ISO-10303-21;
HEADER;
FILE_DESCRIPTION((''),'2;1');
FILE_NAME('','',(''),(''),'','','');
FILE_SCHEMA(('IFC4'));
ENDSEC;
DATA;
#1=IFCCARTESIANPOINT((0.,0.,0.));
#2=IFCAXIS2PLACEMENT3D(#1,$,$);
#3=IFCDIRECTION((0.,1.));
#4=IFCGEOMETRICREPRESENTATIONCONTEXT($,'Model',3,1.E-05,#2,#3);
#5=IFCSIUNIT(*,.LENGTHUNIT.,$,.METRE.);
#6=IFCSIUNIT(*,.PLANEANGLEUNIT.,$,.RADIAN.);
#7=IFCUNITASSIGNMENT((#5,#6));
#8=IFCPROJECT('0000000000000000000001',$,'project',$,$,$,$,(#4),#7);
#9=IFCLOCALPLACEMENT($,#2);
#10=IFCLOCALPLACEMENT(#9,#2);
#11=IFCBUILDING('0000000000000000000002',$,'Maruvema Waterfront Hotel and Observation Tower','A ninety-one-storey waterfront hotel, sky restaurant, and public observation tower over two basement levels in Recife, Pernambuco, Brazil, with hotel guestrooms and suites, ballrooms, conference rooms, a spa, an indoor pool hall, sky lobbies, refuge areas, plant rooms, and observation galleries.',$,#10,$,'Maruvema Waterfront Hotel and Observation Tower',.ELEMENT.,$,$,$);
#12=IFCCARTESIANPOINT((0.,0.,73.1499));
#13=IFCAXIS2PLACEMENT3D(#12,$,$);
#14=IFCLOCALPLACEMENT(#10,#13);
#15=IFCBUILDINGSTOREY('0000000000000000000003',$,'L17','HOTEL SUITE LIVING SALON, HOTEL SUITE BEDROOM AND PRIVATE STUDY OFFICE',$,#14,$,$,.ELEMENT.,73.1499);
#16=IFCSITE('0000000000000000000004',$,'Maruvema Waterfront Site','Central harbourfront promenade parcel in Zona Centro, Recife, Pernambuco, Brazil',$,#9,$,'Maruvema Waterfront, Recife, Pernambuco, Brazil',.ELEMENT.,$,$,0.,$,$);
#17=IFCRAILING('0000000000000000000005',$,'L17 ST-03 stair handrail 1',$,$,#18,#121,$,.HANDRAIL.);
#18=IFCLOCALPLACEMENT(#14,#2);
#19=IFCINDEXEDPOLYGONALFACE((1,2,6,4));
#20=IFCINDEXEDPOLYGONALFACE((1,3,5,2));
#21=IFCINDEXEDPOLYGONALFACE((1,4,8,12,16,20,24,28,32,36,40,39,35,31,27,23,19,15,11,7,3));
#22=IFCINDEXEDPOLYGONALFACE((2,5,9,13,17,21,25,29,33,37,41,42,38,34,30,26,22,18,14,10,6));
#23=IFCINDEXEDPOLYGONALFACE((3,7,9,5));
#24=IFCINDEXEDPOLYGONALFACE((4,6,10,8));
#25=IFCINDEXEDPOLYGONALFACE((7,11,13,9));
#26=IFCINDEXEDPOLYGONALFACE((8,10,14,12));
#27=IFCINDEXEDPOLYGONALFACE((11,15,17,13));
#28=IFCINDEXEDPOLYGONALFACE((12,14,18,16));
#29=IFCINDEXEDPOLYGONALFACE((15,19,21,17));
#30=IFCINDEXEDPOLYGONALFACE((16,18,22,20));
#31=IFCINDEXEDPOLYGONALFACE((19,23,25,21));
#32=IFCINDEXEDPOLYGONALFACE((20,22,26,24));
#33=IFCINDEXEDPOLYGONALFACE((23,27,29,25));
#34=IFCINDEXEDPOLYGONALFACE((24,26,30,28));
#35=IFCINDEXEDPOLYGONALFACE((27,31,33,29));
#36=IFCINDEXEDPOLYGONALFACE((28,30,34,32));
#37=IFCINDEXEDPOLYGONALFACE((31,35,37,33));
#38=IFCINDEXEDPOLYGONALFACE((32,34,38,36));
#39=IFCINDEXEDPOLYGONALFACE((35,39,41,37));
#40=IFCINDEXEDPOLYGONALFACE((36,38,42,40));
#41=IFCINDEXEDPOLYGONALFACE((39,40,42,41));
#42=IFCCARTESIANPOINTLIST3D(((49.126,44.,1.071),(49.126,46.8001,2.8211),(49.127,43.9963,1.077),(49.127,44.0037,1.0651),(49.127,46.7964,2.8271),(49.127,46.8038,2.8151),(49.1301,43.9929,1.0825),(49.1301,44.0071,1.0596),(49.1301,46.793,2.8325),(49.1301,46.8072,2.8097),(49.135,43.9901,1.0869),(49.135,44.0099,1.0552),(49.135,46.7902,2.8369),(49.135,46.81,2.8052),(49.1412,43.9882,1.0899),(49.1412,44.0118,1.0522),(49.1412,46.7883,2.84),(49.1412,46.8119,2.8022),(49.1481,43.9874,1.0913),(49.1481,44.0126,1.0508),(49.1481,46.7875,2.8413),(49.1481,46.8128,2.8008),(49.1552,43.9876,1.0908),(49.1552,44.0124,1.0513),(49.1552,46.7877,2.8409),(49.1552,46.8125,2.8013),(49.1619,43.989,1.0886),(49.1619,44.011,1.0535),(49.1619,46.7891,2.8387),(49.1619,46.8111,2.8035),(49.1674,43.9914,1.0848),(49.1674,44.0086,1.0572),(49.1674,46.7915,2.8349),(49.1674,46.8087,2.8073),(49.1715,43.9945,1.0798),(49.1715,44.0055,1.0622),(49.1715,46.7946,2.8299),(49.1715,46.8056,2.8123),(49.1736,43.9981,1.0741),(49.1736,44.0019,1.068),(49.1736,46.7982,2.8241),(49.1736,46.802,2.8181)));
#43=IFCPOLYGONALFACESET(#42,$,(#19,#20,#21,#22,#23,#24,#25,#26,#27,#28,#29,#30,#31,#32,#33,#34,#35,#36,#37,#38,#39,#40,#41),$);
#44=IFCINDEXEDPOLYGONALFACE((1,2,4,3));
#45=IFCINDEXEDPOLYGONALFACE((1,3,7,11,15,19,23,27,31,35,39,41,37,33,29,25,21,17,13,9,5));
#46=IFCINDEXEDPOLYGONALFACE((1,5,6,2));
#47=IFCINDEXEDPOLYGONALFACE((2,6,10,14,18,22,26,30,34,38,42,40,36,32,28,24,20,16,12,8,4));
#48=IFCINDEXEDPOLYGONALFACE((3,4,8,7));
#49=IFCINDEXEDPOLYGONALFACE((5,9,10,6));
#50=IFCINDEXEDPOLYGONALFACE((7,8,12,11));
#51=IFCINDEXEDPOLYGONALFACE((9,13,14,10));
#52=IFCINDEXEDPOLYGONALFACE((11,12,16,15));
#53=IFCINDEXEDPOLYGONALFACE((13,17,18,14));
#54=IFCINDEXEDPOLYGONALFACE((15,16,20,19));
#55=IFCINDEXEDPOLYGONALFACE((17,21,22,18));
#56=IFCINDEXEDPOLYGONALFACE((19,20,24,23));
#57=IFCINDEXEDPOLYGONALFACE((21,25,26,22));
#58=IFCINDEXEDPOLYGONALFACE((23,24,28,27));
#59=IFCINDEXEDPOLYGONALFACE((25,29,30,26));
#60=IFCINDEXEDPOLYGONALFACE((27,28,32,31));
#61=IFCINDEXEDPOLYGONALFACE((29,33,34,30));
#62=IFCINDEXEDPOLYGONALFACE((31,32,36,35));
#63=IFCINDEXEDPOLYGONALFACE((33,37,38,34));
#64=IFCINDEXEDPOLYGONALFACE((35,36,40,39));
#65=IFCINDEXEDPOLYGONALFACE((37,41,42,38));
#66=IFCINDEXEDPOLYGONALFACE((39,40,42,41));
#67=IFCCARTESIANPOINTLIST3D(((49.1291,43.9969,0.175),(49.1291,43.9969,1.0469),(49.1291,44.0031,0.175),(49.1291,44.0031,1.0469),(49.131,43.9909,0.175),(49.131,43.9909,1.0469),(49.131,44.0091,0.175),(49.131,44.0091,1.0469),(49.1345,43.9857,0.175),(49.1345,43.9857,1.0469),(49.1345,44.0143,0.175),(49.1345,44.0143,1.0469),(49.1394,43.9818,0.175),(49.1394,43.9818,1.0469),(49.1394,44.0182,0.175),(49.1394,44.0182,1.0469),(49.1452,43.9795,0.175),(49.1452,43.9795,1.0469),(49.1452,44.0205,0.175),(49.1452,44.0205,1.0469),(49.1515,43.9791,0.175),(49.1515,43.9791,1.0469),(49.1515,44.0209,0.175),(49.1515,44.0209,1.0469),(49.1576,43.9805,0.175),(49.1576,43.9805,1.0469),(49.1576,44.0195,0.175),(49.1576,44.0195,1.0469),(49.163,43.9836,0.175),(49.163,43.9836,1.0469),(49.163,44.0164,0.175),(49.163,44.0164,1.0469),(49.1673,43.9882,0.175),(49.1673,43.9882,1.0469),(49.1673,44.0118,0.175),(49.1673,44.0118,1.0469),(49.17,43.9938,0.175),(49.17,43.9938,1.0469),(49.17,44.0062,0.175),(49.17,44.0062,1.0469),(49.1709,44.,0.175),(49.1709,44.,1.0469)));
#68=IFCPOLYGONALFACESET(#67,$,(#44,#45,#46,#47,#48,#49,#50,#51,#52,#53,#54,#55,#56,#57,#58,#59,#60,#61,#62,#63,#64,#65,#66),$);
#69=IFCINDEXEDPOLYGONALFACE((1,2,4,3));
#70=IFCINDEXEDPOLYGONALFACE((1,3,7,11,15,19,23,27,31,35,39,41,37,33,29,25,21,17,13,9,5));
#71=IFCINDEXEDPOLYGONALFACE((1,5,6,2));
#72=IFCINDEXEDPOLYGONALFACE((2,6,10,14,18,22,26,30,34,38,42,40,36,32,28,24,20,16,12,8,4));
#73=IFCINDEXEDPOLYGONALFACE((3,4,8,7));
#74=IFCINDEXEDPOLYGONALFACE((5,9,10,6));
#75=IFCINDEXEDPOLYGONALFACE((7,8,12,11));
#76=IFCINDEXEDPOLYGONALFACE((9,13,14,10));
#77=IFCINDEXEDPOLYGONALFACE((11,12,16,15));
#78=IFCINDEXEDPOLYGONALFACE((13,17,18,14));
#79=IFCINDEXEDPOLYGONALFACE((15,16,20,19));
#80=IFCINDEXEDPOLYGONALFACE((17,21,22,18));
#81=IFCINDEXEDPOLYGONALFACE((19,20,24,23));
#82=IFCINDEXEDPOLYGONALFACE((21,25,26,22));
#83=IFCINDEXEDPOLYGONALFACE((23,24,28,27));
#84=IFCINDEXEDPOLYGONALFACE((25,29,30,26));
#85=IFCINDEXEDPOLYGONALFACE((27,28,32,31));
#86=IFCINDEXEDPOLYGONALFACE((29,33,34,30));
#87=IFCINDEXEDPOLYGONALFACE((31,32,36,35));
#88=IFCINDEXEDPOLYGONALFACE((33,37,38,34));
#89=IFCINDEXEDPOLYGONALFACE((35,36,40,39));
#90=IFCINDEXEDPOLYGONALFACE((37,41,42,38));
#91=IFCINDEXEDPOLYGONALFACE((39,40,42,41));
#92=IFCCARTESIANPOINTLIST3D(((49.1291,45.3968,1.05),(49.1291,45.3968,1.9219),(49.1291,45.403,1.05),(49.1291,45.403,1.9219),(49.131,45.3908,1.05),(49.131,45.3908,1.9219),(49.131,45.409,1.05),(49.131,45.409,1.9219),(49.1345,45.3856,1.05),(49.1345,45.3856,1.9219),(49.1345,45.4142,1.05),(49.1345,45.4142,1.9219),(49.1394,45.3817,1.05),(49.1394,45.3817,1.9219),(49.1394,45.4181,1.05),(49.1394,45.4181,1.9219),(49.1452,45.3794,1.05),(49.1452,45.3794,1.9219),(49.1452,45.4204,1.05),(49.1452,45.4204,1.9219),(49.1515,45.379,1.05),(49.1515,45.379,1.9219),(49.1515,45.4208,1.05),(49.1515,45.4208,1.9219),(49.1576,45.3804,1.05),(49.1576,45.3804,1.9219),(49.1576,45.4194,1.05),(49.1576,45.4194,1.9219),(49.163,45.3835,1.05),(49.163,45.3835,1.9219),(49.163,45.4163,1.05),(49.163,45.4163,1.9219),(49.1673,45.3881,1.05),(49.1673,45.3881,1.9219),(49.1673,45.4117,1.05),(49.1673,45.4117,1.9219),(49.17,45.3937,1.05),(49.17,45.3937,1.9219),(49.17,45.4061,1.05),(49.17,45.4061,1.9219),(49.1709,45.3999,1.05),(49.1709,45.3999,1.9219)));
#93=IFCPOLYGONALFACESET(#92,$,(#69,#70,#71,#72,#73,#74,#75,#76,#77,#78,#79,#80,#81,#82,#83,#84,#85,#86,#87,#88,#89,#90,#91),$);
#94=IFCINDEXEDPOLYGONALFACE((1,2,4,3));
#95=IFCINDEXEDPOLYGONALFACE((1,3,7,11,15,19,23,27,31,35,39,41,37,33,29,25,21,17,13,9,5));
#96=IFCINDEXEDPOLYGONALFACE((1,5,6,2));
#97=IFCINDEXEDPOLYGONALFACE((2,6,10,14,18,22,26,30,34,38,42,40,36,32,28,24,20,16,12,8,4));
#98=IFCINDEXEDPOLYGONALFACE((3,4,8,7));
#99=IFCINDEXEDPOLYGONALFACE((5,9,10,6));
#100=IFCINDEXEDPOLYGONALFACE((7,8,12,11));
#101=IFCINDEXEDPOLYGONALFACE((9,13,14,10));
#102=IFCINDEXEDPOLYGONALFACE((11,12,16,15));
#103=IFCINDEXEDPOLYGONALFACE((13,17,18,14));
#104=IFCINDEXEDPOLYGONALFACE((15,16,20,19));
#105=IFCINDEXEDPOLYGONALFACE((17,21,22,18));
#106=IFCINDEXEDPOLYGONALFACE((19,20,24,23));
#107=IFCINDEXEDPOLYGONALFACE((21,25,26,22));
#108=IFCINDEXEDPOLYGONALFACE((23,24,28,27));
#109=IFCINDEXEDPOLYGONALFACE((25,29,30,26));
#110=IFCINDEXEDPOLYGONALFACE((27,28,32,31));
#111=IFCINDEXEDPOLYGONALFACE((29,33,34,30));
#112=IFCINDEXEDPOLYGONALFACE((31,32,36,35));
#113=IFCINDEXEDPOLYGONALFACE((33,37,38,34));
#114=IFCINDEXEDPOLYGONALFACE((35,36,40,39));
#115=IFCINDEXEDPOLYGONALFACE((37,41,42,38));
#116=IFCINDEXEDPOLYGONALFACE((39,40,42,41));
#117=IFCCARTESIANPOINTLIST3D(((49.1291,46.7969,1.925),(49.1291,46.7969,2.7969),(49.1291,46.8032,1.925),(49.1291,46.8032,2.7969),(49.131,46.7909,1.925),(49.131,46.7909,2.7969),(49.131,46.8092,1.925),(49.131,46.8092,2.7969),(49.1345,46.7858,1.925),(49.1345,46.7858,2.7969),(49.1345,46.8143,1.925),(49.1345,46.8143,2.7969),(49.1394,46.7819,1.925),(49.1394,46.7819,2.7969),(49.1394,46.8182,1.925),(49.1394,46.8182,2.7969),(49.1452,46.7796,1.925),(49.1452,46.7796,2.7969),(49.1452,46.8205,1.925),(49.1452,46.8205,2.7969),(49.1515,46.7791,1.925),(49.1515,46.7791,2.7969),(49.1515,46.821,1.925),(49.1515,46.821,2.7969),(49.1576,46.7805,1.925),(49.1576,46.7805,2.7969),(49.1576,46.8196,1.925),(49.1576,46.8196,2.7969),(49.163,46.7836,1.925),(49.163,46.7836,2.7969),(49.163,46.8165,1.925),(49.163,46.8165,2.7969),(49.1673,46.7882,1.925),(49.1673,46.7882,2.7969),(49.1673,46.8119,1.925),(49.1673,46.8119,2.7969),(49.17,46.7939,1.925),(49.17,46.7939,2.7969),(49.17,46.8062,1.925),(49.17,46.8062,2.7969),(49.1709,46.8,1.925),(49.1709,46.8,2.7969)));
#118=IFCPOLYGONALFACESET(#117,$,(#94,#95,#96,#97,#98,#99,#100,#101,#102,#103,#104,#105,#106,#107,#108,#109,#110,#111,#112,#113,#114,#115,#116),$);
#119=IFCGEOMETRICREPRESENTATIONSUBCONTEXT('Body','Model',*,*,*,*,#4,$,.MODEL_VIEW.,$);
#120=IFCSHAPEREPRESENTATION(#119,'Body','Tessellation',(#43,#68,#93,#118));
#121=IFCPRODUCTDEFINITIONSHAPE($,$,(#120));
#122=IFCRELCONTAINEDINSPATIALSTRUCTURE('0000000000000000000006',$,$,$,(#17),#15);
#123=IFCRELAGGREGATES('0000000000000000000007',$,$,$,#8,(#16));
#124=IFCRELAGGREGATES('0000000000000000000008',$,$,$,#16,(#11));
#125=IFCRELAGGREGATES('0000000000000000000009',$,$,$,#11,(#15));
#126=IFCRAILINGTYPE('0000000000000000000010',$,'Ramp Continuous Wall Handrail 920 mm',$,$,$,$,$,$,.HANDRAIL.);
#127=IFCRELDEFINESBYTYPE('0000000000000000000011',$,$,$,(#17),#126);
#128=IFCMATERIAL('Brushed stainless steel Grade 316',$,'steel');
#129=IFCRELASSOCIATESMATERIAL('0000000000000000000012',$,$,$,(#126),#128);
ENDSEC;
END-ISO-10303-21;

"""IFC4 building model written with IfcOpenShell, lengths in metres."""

from ifc_helpers import new_model, si_unit, direction, frame, origin, origin_2d, place, context, subcontext, project, spatial, circle, extrude, material, type_object, element, save


model = new_model("IFC4")

# Units and contexts
model_context = context("Model", 3, precision=1e-05, world=origin(), true_north=direction((0.0, 1.0)))
body_context = subcontext(model_context, "Body", "Model", "MODEL_VIEW")
ifc_project = project(units=[si_unit("LENGTHUNIT", "METRE"), si_unit("PLANEANGLEUNIT", "RADIAN")], contexts=[model_context])

# Site, building, storey
site_placement = place(None, origin())
site = spatial("IfcSite", under=ifc_project, at=site_placement, Name="Maruvema Waterfront Site", Description="Central harbourfront promenade parcel in Zona Centro, Recife, Pernambuco, Brazil", LongName="Maruvema Waterfront, Recife, Pernambuco, Brazil", CompositionType="ELEMENT", RefElevation=0.0)
building_placement = place(site_placement, origin())
building = spatial("IfcBuilding", under=site, at=building_placement, Name="Maruvema Waterfront Hotel and Observation Tower", Description="A ninety-one-storey waterfront hotel, sky restaurant, and public observation tower over two basement levels in Recife, Pernambuco, Brazil, with hotel guestrooms and suites, ballrooms, conference rooms, a spa, an indoor pool hall, sky lobbies, refuge areas, plant rooms, and observation galleries.", LongName="Maruvema Waterfront Hotel and Observation Tower", CompositionType="ELEMENT")
storey_placement = place(building_placement, frame((0.0, 0.0, 73.1499)))
storey = spatial("IfcBuildingStorey", under=building, at=storey_placement, Name="L17", Description="HOTEL SUITE LIVING SALON, HOTEL SUITE BEDROOM AND PRIVATE STUDY OFFICE", CompositionType="ELEMENT", Elevation=73.1499)

# Railing
ifc_material_1 = material(Name="Brushed stainless steel Grade 316", Category="steel")
railing_type_1 = type_object("IfcRailingType", Name="Ramp Continuous Wall Handrail 920 mm", PredefinedType="HANDRAIL", material=ifc_material_1)
railing_1_placement = place(storey_placement, frame((49.1499, 44.0, 0.175)))
element("IfcRailing", 1, at=railing_1_placement, inside=storey, type_object=railing_type_1, Name="L17 ST-03 stair handrail 1", PredefinedType="HANDRAIL", context=body_context, shape_type="SweptSolid", body=[
    extrude(circle(Radius=0.0239, at=origin_2d()), frame((0.0, 0.0, 0.896), z_axis=(0.0, 0.848002, 0.529992), x_axis=(-1.0, 0.0, 0.0)), (0.0, 0.0, 1.0), 3.302),
    extrude(circle(Radius=0.021, at=origin_2d()), origin(), (0.0, 0.0, 1.0), 0.8718),
    extrude(circle(Radius=0.021, at=origin_2d()), frame((0.0, 1.3999, 0.875)), (0.0, 0.0, 1.0), 0.8718),
    extrude(circle(Radius=0.021, at=origin_2d()), frame((0.0, 2.8, 1.75)), (0.0, 0.0, 1.0), 0.8718),
])

save(model, "model.ifc")
